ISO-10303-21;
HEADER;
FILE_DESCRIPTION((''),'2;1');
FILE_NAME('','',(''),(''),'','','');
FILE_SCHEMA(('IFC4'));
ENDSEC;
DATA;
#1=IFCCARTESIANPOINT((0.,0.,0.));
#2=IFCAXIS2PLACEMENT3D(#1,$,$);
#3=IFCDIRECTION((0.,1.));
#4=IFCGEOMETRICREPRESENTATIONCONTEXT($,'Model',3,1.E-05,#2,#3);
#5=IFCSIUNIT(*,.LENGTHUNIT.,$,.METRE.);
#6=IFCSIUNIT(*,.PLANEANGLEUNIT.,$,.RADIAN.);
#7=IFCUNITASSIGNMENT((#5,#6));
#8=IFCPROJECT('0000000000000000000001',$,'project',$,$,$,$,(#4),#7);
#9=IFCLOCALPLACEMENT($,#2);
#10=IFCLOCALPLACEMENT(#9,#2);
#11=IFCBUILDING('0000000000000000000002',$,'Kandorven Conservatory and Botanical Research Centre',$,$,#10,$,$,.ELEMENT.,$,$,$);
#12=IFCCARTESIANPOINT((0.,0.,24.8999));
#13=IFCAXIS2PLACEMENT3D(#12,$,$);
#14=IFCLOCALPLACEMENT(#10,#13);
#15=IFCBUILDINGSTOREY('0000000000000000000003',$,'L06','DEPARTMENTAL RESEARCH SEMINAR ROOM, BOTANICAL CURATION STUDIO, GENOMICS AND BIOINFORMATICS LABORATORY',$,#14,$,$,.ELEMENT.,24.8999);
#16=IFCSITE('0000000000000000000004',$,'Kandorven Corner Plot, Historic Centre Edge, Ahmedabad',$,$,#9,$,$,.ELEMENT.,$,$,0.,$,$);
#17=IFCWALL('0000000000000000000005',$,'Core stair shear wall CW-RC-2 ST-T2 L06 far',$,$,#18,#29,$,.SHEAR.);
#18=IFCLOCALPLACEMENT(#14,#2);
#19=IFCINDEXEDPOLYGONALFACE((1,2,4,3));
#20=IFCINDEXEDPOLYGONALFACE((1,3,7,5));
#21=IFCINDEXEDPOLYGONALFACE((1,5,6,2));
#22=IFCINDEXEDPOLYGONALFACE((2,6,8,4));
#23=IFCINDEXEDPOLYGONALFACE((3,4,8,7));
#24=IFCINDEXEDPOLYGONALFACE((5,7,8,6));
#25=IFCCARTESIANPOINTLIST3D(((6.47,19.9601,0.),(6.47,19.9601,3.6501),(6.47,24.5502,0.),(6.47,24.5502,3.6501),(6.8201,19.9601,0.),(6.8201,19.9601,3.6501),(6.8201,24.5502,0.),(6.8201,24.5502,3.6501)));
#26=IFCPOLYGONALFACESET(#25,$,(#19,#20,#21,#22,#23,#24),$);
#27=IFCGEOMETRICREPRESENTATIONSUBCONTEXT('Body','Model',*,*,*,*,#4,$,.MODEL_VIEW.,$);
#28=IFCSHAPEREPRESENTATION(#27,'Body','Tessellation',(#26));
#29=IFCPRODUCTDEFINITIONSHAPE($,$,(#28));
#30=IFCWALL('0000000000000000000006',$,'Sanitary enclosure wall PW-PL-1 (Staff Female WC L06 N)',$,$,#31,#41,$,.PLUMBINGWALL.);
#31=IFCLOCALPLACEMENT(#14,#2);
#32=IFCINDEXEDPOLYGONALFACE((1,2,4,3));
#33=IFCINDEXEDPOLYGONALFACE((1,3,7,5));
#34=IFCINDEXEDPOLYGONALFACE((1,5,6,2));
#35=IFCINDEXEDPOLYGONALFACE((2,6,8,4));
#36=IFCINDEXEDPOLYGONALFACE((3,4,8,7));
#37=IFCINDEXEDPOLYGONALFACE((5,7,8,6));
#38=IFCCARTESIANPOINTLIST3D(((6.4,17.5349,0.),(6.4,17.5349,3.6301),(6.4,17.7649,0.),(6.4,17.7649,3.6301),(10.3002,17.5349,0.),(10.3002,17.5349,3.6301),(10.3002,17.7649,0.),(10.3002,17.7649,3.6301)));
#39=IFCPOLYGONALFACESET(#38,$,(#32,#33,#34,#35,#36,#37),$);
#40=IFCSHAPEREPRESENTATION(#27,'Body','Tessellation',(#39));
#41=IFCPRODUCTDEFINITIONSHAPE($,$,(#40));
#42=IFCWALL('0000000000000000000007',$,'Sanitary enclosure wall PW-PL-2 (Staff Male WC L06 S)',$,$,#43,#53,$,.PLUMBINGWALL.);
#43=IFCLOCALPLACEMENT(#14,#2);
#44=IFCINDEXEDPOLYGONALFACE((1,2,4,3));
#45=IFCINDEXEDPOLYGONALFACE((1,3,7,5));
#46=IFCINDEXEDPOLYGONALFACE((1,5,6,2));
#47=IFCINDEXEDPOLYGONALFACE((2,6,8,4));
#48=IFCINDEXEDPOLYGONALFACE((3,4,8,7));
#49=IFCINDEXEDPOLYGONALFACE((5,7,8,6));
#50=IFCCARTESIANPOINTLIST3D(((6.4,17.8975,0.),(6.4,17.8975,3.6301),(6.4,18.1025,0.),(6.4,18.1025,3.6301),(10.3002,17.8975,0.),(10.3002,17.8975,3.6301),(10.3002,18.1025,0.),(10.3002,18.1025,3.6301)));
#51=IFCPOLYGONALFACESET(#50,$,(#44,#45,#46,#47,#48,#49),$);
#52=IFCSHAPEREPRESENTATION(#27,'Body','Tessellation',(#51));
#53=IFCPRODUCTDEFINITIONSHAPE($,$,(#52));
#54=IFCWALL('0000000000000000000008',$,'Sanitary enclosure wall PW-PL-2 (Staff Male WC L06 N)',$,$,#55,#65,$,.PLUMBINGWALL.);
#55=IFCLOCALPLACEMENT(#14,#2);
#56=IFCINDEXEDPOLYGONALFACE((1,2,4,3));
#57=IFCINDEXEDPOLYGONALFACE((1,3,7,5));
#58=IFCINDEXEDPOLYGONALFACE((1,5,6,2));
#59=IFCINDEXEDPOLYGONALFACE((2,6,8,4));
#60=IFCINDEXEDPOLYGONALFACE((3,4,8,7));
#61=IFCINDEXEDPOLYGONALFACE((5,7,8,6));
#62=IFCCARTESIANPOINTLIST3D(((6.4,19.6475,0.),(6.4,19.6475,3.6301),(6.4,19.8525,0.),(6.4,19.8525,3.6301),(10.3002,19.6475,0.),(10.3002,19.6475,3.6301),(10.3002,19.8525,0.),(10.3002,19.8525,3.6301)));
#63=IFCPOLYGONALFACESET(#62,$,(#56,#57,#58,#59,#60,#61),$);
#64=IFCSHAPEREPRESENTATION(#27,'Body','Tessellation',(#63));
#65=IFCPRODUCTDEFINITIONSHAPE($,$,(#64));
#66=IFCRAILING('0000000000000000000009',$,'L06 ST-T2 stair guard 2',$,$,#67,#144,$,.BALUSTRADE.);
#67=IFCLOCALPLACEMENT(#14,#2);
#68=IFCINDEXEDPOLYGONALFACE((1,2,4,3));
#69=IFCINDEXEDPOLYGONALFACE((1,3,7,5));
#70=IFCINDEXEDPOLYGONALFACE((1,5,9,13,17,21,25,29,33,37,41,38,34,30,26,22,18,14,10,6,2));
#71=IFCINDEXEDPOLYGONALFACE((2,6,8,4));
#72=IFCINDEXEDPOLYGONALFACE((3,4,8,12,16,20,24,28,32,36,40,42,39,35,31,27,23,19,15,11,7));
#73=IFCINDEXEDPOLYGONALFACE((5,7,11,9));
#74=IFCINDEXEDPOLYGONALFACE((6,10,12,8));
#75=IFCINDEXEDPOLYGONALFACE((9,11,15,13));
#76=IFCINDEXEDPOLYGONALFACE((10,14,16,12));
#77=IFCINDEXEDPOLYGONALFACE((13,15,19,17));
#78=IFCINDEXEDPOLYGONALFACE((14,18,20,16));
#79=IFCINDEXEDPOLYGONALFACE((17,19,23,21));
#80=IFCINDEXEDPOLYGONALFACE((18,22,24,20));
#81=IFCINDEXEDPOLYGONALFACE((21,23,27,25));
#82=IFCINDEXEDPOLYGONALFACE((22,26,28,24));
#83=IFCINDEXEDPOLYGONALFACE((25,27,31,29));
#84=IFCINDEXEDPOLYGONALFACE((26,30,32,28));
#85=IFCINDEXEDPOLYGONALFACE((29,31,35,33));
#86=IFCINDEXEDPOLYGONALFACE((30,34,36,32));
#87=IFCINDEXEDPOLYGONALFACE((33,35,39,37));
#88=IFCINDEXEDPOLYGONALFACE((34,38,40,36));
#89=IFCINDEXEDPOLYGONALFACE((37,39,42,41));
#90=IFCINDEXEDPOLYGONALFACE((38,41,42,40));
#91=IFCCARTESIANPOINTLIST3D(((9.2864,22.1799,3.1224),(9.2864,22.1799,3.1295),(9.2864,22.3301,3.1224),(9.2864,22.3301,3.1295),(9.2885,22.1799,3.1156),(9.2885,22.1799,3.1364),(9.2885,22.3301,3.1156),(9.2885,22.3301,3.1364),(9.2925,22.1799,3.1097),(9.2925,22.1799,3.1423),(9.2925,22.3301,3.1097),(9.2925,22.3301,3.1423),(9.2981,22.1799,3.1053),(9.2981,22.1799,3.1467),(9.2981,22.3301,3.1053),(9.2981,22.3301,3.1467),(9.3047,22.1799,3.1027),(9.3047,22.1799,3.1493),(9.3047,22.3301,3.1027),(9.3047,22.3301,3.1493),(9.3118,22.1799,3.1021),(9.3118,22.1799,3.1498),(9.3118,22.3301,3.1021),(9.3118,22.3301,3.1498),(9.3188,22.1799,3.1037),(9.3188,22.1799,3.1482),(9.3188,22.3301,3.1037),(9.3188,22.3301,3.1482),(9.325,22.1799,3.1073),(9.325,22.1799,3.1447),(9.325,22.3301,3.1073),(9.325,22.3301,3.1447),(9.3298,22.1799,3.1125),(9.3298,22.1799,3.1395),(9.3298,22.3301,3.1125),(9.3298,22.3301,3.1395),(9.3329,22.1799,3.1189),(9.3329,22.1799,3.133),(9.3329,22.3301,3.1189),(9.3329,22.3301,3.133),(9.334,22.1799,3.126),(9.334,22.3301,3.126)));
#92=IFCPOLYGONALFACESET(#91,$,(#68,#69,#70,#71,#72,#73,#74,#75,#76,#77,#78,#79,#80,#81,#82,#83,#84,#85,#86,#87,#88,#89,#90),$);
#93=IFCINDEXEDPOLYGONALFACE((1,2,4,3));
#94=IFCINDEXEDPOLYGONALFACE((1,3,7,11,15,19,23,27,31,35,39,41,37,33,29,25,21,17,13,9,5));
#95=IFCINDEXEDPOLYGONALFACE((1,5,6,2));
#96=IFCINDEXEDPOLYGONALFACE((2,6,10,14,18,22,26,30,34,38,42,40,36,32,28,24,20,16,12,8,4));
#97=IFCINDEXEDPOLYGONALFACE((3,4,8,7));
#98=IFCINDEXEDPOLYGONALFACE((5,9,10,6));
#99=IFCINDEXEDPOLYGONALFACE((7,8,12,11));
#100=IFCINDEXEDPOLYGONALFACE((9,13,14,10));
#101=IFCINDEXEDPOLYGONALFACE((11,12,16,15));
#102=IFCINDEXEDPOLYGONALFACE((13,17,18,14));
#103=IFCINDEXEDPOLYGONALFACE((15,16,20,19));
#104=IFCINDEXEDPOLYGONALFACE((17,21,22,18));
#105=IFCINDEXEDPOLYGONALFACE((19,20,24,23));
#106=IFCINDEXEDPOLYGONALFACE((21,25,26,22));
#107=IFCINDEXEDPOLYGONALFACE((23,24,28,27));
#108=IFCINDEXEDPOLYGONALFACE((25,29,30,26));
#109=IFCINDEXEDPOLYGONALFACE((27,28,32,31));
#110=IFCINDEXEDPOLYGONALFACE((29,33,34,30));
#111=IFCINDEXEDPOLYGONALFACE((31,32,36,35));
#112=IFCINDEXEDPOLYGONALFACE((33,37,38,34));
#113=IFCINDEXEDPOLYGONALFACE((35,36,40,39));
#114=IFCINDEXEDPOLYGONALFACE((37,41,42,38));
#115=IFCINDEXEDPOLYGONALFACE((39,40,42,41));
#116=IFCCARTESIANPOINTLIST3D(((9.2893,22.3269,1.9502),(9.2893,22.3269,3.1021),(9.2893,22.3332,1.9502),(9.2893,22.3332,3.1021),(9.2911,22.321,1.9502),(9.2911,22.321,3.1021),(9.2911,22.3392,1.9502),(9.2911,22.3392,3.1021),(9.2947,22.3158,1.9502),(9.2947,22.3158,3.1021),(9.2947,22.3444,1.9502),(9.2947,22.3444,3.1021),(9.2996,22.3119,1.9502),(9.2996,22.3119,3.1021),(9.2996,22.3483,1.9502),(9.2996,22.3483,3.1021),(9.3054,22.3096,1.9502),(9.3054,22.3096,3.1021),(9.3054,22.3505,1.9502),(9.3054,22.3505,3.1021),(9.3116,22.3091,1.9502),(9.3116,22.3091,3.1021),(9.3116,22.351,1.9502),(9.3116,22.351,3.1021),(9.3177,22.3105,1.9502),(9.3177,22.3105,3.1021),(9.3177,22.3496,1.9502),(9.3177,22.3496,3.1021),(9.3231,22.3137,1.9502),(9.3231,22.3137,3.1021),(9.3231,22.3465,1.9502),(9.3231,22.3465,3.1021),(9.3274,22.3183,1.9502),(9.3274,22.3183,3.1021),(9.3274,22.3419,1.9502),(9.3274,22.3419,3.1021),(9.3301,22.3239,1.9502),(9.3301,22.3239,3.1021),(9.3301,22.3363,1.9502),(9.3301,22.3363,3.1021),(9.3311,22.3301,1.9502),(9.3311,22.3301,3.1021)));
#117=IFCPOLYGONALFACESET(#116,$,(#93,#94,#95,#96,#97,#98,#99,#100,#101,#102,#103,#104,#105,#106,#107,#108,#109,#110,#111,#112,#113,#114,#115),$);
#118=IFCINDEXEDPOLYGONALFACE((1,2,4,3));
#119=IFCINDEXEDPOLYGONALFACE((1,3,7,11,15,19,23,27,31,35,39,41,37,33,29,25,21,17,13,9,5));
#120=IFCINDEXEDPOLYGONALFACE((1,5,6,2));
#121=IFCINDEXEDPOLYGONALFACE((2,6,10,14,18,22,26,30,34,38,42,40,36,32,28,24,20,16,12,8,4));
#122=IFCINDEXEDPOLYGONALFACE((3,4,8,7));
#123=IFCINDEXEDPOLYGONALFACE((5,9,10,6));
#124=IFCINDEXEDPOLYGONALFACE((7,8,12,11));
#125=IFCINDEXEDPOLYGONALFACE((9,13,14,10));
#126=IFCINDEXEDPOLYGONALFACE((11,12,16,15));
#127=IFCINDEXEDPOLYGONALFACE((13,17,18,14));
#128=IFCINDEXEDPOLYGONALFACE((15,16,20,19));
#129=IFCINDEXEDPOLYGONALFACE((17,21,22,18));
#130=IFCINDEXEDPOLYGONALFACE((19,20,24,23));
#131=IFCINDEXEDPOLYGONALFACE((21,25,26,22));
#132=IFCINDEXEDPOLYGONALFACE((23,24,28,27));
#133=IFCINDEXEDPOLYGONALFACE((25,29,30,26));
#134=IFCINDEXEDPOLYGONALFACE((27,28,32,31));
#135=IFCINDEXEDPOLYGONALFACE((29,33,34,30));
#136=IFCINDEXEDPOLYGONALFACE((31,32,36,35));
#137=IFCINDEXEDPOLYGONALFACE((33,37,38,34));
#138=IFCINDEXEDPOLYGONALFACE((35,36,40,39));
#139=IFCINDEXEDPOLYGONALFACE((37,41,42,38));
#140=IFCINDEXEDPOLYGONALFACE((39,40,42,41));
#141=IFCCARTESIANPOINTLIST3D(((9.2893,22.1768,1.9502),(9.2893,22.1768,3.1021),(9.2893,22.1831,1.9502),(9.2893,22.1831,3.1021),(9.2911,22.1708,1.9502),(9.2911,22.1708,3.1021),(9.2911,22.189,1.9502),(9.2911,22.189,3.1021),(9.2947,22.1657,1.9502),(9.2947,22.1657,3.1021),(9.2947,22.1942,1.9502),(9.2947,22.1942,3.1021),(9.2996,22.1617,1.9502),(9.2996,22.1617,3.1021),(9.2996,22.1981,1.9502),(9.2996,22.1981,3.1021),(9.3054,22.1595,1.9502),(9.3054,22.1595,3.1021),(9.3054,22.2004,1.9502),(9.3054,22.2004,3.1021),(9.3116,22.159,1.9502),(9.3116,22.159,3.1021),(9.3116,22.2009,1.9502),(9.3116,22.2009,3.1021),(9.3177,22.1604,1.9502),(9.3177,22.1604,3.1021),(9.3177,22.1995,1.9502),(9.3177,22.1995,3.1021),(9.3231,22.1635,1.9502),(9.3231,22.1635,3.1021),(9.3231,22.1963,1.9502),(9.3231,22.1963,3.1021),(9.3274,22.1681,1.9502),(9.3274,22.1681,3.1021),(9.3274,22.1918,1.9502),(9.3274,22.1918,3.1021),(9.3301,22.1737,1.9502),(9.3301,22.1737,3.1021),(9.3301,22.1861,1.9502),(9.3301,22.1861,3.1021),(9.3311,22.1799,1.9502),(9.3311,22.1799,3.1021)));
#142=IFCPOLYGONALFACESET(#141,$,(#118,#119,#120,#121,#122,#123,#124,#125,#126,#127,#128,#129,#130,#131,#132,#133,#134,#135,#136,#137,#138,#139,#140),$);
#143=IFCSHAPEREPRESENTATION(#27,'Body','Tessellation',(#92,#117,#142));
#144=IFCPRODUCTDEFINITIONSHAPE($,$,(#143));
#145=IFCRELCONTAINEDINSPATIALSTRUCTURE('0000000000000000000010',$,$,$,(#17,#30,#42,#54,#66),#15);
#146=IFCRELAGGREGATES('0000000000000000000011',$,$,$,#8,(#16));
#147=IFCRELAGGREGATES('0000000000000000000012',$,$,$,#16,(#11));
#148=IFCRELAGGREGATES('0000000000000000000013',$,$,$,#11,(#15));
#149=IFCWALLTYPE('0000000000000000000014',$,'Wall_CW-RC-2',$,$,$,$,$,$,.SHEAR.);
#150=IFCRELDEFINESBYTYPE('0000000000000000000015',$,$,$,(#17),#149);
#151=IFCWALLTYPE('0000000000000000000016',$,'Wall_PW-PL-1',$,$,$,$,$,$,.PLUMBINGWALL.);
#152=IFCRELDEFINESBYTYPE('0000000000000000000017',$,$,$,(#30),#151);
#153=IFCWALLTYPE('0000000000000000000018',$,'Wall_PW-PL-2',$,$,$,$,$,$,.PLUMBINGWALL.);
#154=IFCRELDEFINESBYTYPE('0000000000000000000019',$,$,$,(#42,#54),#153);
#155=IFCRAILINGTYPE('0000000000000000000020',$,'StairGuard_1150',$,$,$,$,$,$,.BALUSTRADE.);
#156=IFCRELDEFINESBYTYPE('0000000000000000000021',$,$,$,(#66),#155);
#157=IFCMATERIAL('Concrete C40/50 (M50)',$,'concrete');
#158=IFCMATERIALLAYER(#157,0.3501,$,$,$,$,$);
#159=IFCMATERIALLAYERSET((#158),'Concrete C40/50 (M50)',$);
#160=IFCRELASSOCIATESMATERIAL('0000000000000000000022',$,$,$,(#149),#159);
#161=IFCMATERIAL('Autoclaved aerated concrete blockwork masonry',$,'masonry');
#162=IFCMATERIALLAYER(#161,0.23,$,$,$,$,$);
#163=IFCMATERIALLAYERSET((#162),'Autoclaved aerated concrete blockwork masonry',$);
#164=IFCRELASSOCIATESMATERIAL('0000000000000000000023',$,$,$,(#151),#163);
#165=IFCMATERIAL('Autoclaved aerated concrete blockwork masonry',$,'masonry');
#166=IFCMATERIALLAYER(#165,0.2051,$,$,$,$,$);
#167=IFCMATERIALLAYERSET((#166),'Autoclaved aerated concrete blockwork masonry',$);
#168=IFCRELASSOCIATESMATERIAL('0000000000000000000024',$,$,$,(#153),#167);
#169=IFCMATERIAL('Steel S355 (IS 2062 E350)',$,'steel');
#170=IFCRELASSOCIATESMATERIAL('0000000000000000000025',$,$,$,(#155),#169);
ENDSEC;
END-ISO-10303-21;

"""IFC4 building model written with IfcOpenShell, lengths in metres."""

from ifc_helpers import new_model, si_unit, direction, frame, frame_2d, origin, origin_2d, place, context, subcontext, project, spatial, rectangle, circle, extrude, material, layer, layer_set, type_object, element, save


model = new_model("IFC4")

# Units and contexts
model_context = context("Model", 3, precision=1e-05, world=origin(), true_north=direction((0.0, 1.0)))
body_context = subcontext(model_context, "Body", "Model", "MODEL_VIEW")
ifc_project = project(units=[si_unit("LENGTHUNIT", "METRE"), si_unit("PLANEANGLEUNIT", "RADIAN")], contexts=[model_context])

# Site, building, storey
site_placement = place(None, origin())
site = spatial("IfcSite", under=ifc_project, at=site_placement, Name="Kandorven Corner Plot, Historic Centre Edge, Ahmedabad", CompositionType="ELEMENT", RefElevation=0.0)
building_placement = place(site_placement, origin())
building = spatial("IfcBuilding", under=site, at=building_placement, Name="Kandorven Conservatory and Botanical Research Centre", CompositionType="ELEMENT")
storey_placement = place(building_placement, frame((0.0, 0.0, 24.8999)))
storey = spatial("IfcBuildingStorey", under=building, at=storey_placement, Name="L06", Description="DEPARTMENTAL RESEARCH SEMINAR ROOM, BOTANICAL CURATION STUDIO, GENOMICS AND BIOINFORMATICS LABORATORY", CompositionType="ELEMENT", Elevation=24.8999)

# Walls
ifc_material_1 = material(Name="Concrete C40/50 (M50)", Category="concrete")
ifc_layer_1 = layer(ifc_material_1, 0.3501)
ifc_layer_set_1 = layer_set([ifc_layer_1], Name="Concrete C40/50 (M50)")
wall_type_1 = type_object("IfcWallType", Name="Wall_CW-RC-2", PredefinedType="SHEAR", material=ifc_layer_set_1)
wall_1_placement = place(storey_placement, frame((6.645, 24.55, 0.0), z_axis=(0.0, 0.0, 1.0), x_axis=(0.0, -1.0, 0.0)))
element("IfcWall", 1, at=wall_1_placement, inside=storey, type_object=wall_type_1, Name="Core stair shear wall CW-RC-2 ST-T2 L06 far", PredefinedType="SHEAR", context=body_context, shape_type="SweptSolid", body=[
    extrude(rectangle(XDim=4.5901, YDim=0.3501, at=frame_2d((2.2949, 0.0))), origin(), (0.0, 0.0, 1.0), 3.6501),
])
ifc_material_2 = material(Name="Autoclaved aerated concrete blockwork masonry", Category="masonry")
ifc_layer_2 = layer(ifc_material_2, 0.23)
ifc_layer_set_2 = layer_set([ifc_layer_2], Name="Autoclaved aerated concrete blockwork masonry")
wall_type_2 = type_object("IfcWallType", Name="Wall_PW-PL-1", PredefinedType="PLUMBINGWALL", material=ifc_layer_set_2)
wall_2_placement = place(storey_placement, frame((6.3999, 17.6499, 0.0), z_axis=(0.0, 0.0, 1.0), x_axis=(1.0, 0.0, 0.0)))
element("IfcWall", 2, at=wall_2_placement, inside=storey, type_object=wall_type_2, Name="Sanitary enclosure wall PW-PL-1 (Staff Female WC L06 N)", PredefinedType="PLUMBINGWALL", context=body_context, shape_type="SweptSolid", body=[
    extrude(rectangle(XDim=3.9001, YDim=0.23, at=frame_2d((1.9502, 0.0))), origin(), (0.0, 0.0, 1.0), 3.6301),
])
ifc_material_3 = material(Name="Autoclaved aerated concrete blockwork masonry", Category="masonry")
ifc_layer_3 = layer(ifc_material_3, 0.2051)
ifc_layer_set_3 = layer_set([ifc_layer_3], Name="Autoclaved aerated concrete blockwork masonry")
wall_type_3 = type_object("IfcWallType", Name="Wall_PW-PL-2", PredefinedType="PLUMBINGWALL", material=ifc_layer_set_3)
for number, where, z_axis, x_axis, name in (
    (3, (6.3999, 18.0, 0.0), (0.0, 0.0, 1.0), (1.0, 0.0, 0.0), "Sanitary enclosure wall PW-PL-2 (Staff Male WC L06 S)"),
    (4, (6.3999, 19.75, 0.0), (0.0, 0.0, 1.0), (1.0, 0.0, 0.0), "Sanitary enclosure wall PW-PL-2 (Staff Male WC L06 N)"),
):
    element("IfcWall", number, at=place(storey_placement, frame(where, z_axis=z_axis, x_axis=x_axis)), inside=storey, type_object=wall_type_3, Name=name, PredefinedType="PLUMBINGWALL", context=body_context, shape_type="SweptSolid", body=[
        extrude(rectangle(XDim=3.9001, YDim=0.2051, at=frame_2d((1.9502, 0.0))), origin(), (0.0, 0.0, 1.0), 3.6301),
    ])

# Railing
ifc_material_4 = material(Name="Steel S355 (IS 2062 E350)", Category="steel")
railing_type_1 = type_object("IfcRailingType", Name="StairGuard_1150", PredefinedType="BALUSTRADE", material=ifc_material_4)
railing_1_placement = place(storey_placement, frame((9.3101, 22.3301, 1.9502)))
element("IfcRailing", 5, at=railing_1_placement, inside=storey, type_object=railing_type_1, Name="L06 ST-T2 stair guard 2", PredefinedType="BALUSTRADE", context=body_context, shape_type="SweptSolid", body=[
    extrude(circle(Radius=0.0239, at=origin_2d()), frame((0.0, 0.0, 1.1758), z_axis=(0.0, -1.0, 0.0), x_axis=(1.0, 0.0, 0.0)), (0.0, 0.0, 1.0), 0.1501),
    extrude(circle(Radius=0.021, at=origin_2d()), origin(), (0.0, 0.0, 1.0), 1.1519),
    extrude(circle(Radius=0.021, at=origin_2d()), frame((0.0, -0.1501, 0.0)), (0.0, 0.0, 1.0), 1.1519),
])

save(model, "model.ifc")
